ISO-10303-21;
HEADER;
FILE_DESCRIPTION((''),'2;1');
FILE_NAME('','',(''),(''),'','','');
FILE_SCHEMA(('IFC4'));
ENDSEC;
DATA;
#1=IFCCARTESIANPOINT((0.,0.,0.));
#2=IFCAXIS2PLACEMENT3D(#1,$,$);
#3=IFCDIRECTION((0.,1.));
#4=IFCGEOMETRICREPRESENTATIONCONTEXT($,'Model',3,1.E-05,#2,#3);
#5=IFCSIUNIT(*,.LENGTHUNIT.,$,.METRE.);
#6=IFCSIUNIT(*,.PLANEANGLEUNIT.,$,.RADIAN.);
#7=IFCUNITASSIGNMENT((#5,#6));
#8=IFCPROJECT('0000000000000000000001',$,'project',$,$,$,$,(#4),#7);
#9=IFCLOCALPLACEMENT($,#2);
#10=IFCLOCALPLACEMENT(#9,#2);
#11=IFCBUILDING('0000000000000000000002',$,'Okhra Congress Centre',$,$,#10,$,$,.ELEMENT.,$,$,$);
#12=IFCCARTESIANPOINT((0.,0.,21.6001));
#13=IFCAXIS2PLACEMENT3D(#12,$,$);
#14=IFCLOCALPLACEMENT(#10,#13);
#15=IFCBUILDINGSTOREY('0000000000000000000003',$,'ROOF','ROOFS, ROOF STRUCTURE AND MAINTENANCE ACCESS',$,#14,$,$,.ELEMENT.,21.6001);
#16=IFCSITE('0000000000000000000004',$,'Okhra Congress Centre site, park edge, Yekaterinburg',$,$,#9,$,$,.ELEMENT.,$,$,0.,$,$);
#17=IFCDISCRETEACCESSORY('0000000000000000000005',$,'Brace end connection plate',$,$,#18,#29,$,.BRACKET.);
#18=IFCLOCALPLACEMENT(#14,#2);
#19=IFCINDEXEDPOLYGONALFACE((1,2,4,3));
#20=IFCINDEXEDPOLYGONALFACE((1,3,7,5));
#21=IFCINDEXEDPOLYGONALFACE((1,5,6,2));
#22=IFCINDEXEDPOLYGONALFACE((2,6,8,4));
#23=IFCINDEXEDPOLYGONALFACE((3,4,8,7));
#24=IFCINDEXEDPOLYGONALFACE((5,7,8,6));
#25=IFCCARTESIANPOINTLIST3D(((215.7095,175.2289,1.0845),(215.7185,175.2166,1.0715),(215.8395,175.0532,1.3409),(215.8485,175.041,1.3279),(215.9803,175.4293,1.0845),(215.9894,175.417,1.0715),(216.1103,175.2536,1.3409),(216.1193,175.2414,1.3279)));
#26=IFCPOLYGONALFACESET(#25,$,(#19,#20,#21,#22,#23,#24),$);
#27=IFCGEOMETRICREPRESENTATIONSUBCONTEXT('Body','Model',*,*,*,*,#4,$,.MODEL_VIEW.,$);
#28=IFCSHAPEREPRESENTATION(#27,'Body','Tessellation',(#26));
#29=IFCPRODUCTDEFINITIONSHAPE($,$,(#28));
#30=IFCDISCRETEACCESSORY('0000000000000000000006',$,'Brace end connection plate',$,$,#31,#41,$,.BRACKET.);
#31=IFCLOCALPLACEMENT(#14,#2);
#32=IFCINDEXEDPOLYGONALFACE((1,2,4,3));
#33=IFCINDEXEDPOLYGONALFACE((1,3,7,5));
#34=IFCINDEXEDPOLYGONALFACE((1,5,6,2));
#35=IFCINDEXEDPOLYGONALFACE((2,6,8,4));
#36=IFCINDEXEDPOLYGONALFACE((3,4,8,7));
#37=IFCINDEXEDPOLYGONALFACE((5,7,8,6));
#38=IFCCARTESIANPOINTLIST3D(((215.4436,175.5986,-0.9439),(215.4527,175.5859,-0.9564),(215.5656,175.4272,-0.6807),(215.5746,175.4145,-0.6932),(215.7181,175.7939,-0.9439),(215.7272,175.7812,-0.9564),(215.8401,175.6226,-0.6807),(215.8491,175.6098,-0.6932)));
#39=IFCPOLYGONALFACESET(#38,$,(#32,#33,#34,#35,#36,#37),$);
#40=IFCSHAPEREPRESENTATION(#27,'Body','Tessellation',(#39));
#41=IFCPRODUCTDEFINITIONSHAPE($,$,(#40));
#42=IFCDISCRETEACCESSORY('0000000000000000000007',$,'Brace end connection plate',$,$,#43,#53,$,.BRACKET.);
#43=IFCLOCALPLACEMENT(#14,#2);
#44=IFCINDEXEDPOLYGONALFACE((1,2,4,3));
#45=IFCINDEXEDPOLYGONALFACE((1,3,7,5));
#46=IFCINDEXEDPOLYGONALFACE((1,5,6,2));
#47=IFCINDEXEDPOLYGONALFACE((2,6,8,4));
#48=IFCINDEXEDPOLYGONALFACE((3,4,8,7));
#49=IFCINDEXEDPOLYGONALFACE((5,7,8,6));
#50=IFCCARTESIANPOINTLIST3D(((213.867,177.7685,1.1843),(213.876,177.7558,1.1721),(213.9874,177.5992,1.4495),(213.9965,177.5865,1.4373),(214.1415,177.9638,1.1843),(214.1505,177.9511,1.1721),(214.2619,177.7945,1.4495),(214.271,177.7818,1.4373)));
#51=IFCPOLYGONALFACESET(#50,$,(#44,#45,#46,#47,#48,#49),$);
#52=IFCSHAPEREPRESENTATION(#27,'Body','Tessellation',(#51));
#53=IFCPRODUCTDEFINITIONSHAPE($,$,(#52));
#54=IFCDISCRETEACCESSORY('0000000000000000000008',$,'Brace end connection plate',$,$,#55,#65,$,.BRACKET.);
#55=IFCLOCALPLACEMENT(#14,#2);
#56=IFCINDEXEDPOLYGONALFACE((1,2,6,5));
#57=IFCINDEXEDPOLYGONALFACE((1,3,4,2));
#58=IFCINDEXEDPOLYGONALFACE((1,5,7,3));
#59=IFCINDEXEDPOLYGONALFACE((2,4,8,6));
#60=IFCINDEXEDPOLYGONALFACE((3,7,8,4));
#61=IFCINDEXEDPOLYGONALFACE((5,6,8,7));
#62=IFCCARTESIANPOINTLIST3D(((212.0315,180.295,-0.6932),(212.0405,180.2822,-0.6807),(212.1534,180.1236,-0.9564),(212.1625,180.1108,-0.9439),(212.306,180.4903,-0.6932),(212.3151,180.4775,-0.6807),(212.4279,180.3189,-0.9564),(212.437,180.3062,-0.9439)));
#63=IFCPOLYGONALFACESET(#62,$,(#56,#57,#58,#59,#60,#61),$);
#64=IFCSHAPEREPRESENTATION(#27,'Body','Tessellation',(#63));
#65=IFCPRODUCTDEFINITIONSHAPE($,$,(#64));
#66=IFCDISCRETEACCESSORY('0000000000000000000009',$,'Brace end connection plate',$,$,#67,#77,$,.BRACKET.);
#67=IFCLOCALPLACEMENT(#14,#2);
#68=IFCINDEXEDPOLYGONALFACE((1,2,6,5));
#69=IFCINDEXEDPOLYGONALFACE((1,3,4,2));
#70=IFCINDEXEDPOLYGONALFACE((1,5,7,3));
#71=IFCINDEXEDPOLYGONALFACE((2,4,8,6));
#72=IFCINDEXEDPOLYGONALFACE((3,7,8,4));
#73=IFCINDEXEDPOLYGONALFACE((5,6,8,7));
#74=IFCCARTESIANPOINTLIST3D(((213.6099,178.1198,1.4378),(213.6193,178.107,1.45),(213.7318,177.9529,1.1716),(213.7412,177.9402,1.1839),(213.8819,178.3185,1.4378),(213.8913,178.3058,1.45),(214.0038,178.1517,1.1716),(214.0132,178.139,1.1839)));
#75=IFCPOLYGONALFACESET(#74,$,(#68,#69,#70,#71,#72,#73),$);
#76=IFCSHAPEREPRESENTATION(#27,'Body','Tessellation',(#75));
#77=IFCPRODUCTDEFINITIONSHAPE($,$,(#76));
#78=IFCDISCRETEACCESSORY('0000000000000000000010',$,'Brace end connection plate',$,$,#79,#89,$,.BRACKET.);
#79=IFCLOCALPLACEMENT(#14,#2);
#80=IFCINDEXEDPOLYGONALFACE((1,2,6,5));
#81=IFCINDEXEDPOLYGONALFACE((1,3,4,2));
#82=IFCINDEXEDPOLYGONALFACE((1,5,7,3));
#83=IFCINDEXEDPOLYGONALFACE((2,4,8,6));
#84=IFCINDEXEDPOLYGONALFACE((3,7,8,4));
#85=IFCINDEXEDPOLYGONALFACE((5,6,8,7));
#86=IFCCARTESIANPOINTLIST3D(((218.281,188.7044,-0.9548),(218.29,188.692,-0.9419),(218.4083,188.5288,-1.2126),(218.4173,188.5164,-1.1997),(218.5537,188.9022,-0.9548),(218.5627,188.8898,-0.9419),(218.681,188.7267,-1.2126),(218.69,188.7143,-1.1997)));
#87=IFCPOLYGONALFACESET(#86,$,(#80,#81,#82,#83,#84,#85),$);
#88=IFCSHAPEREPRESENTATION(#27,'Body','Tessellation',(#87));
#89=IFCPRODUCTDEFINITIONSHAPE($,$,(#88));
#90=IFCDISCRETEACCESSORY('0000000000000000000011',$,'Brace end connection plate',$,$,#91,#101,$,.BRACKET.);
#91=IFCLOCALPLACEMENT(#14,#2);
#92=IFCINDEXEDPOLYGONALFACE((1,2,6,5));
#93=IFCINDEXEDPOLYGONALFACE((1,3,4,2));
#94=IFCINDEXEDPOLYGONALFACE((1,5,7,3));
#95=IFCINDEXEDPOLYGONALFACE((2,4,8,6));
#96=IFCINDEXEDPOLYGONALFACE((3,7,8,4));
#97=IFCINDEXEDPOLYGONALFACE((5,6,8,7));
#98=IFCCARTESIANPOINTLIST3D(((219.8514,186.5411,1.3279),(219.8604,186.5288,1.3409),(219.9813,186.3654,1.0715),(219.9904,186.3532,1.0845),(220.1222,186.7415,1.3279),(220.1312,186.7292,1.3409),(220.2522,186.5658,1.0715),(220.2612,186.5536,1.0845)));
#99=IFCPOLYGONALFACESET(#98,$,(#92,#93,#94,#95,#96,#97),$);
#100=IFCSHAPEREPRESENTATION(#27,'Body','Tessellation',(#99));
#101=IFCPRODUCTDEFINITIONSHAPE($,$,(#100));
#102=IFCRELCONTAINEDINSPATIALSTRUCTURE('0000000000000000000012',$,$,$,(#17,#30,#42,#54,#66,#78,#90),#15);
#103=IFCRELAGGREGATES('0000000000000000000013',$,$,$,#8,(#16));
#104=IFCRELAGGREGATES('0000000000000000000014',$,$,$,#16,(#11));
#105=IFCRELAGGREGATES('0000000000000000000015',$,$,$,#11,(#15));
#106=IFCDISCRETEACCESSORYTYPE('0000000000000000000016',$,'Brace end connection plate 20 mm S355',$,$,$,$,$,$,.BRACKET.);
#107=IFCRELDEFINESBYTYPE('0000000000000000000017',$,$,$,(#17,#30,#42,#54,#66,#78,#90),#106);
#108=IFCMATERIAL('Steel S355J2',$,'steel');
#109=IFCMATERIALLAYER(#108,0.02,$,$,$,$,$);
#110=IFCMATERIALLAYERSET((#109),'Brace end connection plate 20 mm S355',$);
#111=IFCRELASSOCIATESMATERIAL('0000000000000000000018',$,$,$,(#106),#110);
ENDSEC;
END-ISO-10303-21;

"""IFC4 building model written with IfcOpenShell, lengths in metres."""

from ifc_helpers import new_model, si_unit, direction, frame, origin, origin_2d, place, context, subcontext, project, spatial, rectangle, extrude, material, layer, layer_set, type_object, element, save


model = new_model("IFC4")

# Units and contexts
model_context = context("Model", 3, precision=1e-05, world=origin(), true_north=direction((0.0, 1.0)))
body_context = subcontext(model_context, "Body", "Model", "MODEL_VIEW")
ifc_project = project(units=[si_unit("LENGTHUNIT", "METRE"), si_unit("PLANEANGLEUNIT", "RADIAN")], contexts=[model_context])

# Site, building, storey
site_placement = place(None, origin())
site = spatial("IfcSite", under=ifc_project, at=site_placement, Name="Okhra Congress Centre site, park edge, Yekaterinburg", CompositionType="ELEMENT", RefElevation=0.0)
building_placement = place(site_placement, origin())
building = spatial("IfcBuilding", under=site, at=building_placement, Name="Okhra Congress Centre", CompositionType="ELEMENT")
storey_placement = place(building_placement, frame((0.0, 0.0, 21.6001)))
storey = spatial("IfcBuildingStorey", under=building, at=storey_placement, Name="ROOF", Description="ROOFS, ROOF STRUCTURE AND MAINTENANCE ACCESS", CompositionType="ELEMENT", Elevation=21.6001)

# Shared definitions
ifc_material_1 = material(Name="Steel S355J2", Category="steel")

# Discrete accessories
ifc_layer_1 = layer(ifc_material_1, 0.02)
ifc_layer_set_1 = layer_set([ifc_layer_1], Name="Brace end connection plate 20 mm S355")
discrete_accessory_type = type_object("IfcDiscreteAccessoryType", Name="Brace end connection plate 20 mm S355", PredefinedType="BRACKET", material=ifc_layer_set_1)
for number, where, z_axis, x_axis, name in (
    (1, (215.9189, 175.229, 1.1997), (-0.452771, 0.611853, 0.648564), (-0.803842, -0.594843, 0.0), "Brace end connection plate"),
    (2, (215.6418, 175.6106, -0.8123), (0.452907, -0.636517, -0.624277), (0.814791, 0.579755, 0.0), "Brace end connection plate"),
):
    element("IfcDiscreteAccessory", number, at=place(storey_placement, frame(where, z_axis=z_axis, x_axis=x_axis)), inside=storey, type_object=discrete_accessory_type, Name=name, PredefinedType="BRACKET", context=body_context, shape_type="SweptSolid", body=[
        extrude(rectangle(XDim=0.3369, YDim=0.3369, at=origin_2d()), origin(), (0.0, 0.0, 1.0), 0.02),
    ])
discrete_accessory_placement = place(storey_placement, frame((214.0735, 177.7688, 1.3047), z_axis=(-0.456373, 0.641389, 0.61672), x_axis=(-0.814791, -0.579755, 0.0)))
element("IfcDiscreteAccessory", 3, at=discrete_accessory_placement, inside=storey, type_object=discrete_accessory_type, Name="Brace end connection plate", PredefinedType="BRACKET", context=body_context, shape_type="SweptSolid", body=[
    extrude(rectangle(XDim=0.3369, YDim=0.3369, at=origin_2d()), origin(), (0.0, 0.0, 1.0), 0.0198),
])
for number, where, z_axis, x_axis, name in (
    (4, (212.2388, 180.2942, -0.8123), (-0.452907, 0.636517, -0.624277), (-0.814791, -0.579755, 0.0), "Brace end connection plate"),
    (5, (213.8069, 178.1357, 1.3047), (0.466056, -0.637761, 0.613232), (0.807391, 0.590017, 0.0), "Brace end connection plate"),
    (6, (218.49, 188.7031, -1.0708), (-0.449385, 0.619423, -0.643714), (-0.809422, -0.587228, 0.0), "Brace end connection plate"),
    (7, (220.0518, 186.5535, 1.1997), (0.452771, -0.611853, 0.648564), (0.803842, 0.594843, 0.0), "Brace end connection plate"),
):
    element("IfcDiscreteAccessory", number, at=place(storey_placement, frame(where, z_axis=z_axis, x_axis=x_axis)), inside=storey, type_object=discrete_accessory_type, Name=name, PredefinedType="BRACKET", context=body_context, shape_type="SweptSolid", body=[
        extrude(rectangle(XDim=0.3369, YDim=0.3369, at=origin_2d()), origin(), (0.0, 0.0, 1.0), 0.02),
    ])

save(model, "model.ifc")
